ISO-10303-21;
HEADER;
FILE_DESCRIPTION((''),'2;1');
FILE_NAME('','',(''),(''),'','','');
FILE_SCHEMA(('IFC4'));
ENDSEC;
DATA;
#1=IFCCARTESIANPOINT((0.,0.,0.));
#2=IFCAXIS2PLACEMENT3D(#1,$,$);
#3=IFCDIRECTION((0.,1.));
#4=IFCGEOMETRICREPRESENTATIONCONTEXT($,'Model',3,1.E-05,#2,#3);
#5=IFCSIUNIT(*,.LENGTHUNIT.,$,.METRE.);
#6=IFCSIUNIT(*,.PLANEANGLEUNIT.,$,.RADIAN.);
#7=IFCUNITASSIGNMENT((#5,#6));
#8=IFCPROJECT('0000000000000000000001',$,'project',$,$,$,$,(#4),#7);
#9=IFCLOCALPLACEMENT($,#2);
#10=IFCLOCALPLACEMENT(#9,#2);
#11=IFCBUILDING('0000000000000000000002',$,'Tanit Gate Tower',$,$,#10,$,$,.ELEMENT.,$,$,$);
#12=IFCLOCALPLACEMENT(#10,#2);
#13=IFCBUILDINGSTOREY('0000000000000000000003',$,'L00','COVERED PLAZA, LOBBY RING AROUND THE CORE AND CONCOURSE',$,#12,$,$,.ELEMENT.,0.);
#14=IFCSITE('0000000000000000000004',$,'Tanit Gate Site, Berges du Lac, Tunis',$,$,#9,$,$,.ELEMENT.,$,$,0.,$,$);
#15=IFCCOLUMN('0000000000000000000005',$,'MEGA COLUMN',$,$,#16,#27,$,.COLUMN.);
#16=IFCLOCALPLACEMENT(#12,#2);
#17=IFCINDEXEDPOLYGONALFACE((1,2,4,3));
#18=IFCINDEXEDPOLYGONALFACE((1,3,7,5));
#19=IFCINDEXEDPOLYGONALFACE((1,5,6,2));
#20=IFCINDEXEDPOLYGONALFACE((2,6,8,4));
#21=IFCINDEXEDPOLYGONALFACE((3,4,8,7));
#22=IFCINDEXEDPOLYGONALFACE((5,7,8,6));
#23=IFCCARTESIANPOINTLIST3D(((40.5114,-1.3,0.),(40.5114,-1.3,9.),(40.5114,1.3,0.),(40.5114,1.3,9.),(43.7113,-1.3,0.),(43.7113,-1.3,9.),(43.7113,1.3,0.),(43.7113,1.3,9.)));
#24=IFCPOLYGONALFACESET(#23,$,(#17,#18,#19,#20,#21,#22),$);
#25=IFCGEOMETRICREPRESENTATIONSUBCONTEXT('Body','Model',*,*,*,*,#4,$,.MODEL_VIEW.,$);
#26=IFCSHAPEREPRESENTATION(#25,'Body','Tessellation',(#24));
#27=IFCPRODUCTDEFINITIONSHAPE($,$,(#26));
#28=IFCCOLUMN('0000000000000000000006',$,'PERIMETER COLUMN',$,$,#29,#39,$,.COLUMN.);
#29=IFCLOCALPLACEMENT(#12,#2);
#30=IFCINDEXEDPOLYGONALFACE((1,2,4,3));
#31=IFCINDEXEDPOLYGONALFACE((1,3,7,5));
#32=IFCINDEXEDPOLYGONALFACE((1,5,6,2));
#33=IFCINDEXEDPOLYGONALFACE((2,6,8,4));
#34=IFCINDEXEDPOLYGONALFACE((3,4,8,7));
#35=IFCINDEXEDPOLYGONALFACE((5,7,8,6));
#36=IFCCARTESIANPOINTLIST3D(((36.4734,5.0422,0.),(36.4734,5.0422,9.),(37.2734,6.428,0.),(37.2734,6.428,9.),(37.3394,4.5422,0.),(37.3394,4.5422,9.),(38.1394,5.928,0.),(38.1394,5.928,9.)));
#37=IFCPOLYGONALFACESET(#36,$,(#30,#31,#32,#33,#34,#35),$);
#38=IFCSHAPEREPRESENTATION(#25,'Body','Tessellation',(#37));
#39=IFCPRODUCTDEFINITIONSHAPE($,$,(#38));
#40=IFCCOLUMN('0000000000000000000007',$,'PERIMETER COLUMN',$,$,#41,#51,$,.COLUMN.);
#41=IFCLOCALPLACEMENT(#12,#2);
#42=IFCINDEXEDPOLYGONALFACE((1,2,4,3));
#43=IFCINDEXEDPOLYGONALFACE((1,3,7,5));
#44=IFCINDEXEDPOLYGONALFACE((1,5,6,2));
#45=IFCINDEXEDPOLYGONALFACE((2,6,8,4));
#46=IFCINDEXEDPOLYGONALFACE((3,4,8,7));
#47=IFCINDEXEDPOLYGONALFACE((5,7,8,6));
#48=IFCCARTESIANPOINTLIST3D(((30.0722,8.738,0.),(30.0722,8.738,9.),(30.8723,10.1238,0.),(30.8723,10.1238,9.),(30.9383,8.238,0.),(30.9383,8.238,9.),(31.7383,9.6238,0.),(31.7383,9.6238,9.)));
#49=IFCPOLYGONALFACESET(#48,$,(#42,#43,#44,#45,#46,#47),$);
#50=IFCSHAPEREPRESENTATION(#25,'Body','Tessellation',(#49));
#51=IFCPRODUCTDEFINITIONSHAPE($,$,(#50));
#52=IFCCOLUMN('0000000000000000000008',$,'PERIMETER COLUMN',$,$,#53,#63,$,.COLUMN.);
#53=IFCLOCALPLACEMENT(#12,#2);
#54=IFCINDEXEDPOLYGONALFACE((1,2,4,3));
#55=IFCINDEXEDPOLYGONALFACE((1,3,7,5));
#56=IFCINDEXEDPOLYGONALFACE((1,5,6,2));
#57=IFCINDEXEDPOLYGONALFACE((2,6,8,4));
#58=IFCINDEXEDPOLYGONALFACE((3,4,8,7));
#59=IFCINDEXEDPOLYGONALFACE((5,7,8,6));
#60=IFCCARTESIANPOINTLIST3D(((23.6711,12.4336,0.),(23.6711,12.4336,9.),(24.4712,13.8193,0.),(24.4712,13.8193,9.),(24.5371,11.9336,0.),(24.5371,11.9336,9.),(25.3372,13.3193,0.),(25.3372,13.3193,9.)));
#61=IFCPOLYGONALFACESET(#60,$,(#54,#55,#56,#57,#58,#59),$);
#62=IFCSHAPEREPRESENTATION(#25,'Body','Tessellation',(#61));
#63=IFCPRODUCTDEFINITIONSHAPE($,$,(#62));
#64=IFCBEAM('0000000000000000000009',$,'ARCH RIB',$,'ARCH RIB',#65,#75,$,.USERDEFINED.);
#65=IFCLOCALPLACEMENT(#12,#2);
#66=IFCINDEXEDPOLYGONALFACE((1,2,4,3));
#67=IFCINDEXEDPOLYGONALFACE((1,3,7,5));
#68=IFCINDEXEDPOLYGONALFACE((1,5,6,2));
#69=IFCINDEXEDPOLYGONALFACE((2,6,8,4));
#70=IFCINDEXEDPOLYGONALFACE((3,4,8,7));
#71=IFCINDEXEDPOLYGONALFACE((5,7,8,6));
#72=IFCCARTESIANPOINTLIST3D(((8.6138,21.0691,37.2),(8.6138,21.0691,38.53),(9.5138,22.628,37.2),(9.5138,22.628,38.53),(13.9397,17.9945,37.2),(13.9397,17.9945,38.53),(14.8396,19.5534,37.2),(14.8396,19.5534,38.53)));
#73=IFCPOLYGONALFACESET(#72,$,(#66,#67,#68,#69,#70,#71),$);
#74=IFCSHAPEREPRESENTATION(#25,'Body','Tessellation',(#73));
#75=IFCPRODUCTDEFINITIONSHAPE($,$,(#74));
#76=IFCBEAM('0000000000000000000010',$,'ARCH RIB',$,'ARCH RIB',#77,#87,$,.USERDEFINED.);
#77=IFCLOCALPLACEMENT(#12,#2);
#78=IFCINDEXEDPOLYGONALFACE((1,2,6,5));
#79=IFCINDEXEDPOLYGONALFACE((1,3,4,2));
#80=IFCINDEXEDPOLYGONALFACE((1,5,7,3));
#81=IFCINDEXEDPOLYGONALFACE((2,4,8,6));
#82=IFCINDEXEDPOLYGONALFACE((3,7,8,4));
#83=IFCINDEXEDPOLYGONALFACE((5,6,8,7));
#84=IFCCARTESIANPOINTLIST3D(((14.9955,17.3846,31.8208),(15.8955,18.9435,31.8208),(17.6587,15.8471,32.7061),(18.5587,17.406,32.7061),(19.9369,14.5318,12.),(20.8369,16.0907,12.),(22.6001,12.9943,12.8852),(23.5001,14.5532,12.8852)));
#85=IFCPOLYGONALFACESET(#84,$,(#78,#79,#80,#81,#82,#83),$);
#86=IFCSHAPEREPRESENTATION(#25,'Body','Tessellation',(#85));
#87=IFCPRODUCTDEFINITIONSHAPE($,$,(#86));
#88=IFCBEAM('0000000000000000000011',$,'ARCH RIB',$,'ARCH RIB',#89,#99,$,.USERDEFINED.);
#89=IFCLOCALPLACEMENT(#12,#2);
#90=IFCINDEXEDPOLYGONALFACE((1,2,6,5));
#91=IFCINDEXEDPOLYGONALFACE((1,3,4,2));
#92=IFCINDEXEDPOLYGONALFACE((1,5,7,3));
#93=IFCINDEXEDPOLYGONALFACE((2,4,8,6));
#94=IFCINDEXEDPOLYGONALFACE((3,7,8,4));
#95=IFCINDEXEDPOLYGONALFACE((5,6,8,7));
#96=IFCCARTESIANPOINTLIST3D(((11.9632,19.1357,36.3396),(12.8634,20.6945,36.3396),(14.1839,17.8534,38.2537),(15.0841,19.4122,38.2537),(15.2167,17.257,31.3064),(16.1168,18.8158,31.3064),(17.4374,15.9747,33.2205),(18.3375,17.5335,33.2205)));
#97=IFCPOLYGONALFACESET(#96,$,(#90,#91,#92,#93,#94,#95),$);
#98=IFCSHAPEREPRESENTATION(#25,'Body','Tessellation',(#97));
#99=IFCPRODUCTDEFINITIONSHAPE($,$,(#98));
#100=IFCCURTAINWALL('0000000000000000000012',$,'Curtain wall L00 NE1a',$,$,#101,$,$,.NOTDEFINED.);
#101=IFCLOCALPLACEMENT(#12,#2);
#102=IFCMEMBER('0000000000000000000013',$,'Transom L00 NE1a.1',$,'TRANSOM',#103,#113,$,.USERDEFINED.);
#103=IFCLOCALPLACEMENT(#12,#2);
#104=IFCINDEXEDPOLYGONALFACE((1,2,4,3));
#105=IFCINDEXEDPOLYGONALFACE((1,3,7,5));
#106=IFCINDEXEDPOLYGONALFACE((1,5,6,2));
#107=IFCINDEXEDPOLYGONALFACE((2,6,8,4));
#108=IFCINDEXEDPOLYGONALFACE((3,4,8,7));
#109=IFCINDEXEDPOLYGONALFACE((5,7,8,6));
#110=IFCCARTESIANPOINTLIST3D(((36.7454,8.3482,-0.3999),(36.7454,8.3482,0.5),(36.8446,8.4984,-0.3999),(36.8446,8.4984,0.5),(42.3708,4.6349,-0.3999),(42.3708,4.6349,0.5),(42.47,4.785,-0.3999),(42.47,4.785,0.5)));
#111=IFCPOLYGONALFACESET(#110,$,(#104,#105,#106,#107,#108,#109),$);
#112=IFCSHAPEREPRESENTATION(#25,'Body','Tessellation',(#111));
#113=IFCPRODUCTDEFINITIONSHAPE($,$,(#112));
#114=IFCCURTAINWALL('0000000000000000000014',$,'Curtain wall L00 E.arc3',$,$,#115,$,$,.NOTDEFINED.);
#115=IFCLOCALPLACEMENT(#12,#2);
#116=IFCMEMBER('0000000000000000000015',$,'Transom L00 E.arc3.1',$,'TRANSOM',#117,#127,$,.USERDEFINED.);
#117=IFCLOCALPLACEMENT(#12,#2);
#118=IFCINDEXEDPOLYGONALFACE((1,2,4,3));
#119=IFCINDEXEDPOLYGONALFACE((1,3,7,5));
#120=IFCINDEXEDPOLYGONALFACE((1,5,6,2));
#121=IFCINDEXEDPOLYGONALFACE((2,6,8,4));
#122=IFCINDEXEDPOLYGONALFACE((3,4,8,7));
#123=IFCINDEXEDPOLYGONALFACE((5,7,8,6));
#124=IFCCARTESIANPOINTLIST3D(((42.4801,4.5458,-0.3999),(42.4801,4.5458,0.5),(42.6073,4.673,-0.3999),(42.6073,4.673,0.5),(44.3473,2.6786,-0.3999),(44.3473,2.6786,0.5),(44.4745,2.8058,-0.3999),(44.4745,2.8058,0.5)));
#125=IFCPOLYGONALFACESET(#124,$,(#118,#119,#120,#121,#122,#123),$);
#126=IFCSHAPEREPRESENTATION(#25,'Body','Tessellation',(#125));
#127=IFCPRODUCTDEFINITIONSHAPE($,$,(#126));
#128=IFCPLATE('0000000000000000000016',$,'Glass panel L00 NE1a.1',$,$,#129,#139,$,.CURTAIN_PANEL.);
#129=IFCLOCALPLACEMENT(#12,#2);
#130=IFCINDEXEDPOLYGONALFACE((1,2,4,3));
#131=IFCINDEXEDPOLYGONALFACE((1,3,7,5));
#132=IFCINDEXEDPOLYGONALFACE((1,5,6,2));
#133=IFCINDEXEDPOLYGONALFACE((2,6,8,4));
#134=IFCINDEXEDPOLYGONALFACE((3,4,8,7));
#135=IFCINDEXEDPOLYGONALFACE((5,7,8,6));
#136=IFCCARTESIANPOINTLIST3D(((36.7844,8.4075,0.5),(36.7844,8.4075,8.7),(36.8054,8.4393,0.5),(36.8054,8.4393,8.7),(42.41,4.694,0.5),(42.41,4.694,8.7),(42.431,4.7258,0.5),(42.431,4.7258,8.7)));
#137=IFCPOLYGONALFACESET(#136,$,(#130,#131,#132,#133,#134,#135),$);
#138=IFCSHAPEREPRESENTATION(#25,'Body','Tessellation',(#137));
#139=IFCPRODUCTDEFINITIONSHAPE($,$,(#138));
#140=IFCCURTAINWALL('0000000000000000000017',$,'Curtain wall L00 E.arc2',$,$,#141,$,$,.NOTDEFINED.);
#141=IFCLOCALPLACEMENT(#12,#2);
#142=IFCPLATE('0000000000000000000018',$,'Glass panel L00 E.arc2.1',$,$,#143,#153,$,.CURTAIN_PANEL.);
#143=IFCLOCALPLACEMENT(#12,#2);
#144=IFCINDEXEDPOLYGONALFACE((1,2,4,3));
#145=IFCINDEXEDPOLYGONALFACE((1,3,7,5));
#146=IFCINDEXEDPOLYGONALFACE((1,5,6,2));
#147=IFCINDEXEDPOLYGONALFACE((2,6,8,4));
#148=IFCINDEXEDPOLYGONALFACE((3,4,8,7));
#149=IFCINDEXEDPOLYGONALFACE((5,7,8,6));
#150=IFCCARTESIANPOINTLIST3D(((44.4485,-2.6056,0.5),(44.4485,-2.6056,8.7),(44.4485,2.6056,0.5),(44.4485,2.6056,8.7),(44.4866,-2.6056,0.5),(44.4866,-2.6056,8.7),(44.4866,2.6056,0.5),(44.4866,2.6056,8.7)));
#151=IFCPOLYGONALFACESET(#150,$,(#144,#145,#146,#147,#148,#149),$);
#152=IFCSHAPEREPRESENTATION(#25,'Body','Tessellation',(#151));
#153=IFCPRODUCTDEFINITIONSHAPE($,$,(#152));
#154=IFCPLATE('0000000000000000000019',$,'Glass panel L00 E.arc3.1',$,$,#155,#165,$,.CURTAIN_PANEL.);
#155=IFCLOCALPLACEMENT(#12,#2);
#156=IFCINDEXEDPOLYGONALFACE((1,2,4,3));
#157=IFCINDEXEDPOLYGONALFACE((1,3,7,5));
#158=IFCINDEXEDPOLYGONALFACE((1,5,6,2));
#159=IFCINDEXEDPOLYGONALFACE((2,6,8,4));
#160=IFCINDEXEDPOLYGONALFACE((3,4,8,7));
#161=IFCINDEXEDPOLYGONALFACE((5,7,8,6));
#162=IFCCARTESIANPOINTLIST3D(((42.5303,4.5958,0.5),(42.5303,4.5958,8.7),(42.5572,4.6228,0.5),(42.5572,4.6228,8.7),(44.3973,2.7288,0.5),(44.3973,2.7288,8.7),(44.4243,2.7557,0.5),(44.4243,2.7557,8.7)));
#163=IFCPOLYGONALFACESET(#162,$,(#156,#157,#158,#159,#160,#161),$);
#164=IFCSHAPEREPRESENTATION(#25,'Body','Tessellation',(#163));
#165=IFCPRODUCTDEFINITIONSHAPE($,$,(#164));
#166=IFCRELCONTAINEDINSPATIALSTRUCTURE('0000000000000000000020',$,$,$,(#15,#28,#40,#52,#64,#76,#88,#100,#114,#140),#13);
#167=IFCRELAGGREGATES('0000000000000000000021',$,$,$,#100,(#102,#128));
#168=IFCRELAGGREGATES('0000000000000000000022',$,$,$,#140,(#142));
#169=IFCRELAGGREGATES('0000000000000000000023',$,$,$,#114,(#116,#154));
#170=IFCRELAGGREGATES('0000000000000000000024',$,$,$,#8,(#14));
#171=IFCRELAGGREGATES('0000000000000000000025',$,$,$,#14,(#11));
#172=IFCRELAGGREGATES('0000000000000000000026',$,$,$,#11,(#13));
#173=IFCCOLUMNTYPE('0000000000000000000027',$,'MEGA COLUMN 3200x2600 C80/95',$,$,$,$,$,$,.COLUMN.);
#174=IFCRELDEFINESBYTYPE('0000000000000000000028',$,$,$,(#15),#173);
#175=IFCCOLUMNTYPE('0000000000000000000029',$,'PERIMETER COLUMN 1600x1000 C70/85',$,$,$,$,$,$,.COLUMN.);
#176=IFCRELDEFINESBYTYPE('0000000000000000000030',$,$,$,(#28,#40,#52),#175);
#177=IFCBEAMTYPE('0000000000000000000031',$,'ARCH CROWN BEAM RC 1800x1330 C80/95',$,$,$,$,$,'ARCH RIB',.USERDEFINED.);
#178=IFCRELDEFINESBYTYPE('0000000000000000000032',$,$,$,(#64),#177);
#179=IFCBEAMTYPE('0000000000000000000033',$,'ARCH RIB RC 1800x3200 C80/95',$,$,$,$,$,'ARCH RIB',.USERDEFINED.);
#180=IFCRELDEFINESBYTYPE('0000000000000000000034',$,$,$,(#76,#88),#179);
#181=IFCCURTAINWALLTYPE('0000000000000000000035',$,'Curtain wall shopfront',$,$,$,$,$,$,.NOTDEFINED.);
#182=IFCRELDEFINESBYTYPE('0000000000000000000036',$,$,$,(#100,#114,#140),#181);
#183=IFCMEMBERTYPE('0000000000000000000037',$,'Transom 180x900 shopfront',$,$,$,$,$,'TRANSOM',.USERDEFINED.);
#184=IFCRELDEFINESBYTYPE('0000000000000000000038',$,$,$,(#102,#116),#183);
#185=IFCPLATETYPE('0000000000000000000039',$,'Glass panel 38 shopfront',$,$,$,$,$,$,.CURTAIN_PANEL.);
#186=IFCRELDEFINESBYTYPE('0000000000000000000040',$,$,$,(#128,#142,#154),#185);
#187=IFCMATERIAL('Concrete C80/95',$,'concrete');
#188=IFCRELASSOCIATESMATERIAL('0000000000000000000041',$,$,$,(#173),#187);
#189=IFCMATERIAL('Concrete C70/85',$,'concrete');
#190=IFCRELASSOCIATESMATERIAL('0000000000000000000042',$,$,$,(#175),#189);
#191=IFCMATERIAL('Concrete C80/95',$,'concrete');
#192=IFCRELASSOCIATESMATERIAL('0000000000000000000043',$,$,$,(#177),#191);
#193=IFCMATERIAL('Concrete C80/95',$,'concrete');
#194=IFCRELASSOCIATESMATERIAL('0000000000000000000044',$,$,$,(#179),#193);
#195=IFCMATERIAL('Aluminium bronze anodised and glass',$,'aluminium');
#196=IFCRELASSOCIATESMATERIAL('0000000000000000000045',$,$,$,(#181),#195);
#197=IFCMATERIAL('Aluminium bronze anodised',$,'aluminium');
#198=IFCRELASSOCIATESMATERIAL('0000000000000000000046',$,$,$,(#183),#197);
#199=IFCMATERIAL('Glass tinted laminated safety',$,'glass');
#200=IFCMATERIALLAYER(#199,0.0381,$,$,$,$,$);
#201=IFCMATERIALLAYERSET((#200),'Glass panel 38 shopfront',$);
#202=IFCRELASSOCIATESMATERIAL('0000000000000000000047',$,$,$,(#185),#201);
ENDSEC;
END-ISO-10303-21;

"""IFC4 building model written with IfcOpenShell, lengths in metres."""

from ifc_helpers import new_model, si_unit, direction, frame, origin, origin_2d, place, context, subcontext, project, spatial, rectangle, extrude, material, layer, layer_set, material_profile, profile_set, type_object, element, aggregate, save


model = new_model("IFC4")

# Units and contexts
model_context = context("Model", 3, precision=1e-05, world=origin(), true_north=direction((0.0, 1.0)))
body_context = subcontext(model_context, "Body", "Model", "MODEL_VIEW")
ifc_project = project(units=[si_unit("LENGTHUNIT", "METRE"), si_unit("PLANEANGLEUNIT", "RADIAN")], contexts=[model_context])

# Site, building, storey
site_placement = place(None, origin())
site = spatial("IfcSite", under=ifc_project, at=site_placement, Name="Tanit Gate Site, Berges du Lac, Tunis", CompositionType="ELEMENT", RefElevation=0.0)
building_placement = place(site_placement, origin())
building = spatial("IfcBuilding", under=site, at=building_placement, Name="Tanit Gate Tower", CompositionType="ELEMENT")
storey_placement = place(building_placement, origin())
storey = spatial("IfcBuildingStorey", under=building, at=storey_placement, Name="L00", Description="COVERED PLAZA, LOBBY RING AROUND THE CORE AND CONCOURSE", CompositionType="ELEMENT", Elevation=0.0)

# Columns
ifc_material_1 = material(Name="Concrete C80/95", Category="concrete")
ifc_material_profile_1 = material_profile(ifc_material_1, rectangle(XDim=3.2, YDim=2.6001, at=origin_2d()), Name="RC 3200x2600")
ifc_profile_set_1 = profile_set([ifc_material_profile_1], Name="Concrete C80/95")
column_type_1 = type_object("IfcColumnType", Name="MEGA COLUMN 3200x2600 C80/95", PredefinedType="COLUMN", material=ifc_profile_set_1)
column_placement = place(storey_placement, frame((42.1113, 0.0, 0.0), z_axis=(0.0, 0.0, 1.0), x_axis=(1.0, 0.0, 0.0)))
element("IfcColumn", 1, at=column_placement, inside=storey, type_object=column_type_1, Name="MEGA COLUMN", PredefinedType="COLUMN", context=body_context, shape_type="SweptSolid", body=[
    extrude(rectangle(XDim=3.2, YDim=2.6001, at=origin_2d()), origin(), (0.0, 0.0, 1.0), 9.0),
])
ifc_material_2 = material(Name="Concrete C70/85", Category="concrete")
ifc_material_profile_2 = material_profile(ifc_material_2, rectangle(XDim=1.6001, YDim=1.0, at=origin_2d()), Name="RC 1600x1000")
ifc_profile_set_2 = profile_set([ifc_material_profile_2], Name="Concrete C70/85")
column_type_2 = type_object("IfcColumnType", Name="PERIMETER COLUMN 1600x1000 C70/85", PredefinedType="COLUMN", material=ifc_profile_set_2)
for number, where, z_axis, x_axis, name in (
    (2, (37.3064, 5.4851, 0.0), (0.0, 0.0, 1.0), (0.5, 0.866025, 0.0), "PERIMETER COLUMN"),
    (3, (30.9053, 9.1809, 0.0), (0.0, 0.0, 1.0), (0.5, 0.866025, 0.0), "PERIMETER COLUMN"),
    (4, (24.5042, 12.8765, 0.0), (0.0, 0.0, 1.0), (0.5, 0.866025, 0.0), "PERIMETER COLUMN"),
):
    element("IfcColumn", number, at=place(storey_placement, frame(where, z_axis=z_axis, x_axis=x_axis)), inside=storey, type_object=column_type_2, Name=name, PredefinedType="COLUMN", context=body_context, shape_type="SweptSolid", body=[
        extrude(rectangle(XDim=1.6001, YDim=1.0, at=origin_2d()), origin(), (0.0, 0.0, 1.0), 9.0),
    ])

# Beams
ifc_material_3 = material(Name="Concrete C80/95", Category="concrete")
ifc_material_profile_3 = material_profile(ifc_material_3, rectangle(XDim=1.8, YDim=1.3301, at=origin_2d()), Name="RC 1800x1330")
ifc_profile_set_3 = profile_set([ifc_material_profile_3], Name="Concrete C80/95")
beam_type_1 = type_object("IfcBeamType", Name="ARCH CROWN BEAM RC 1800x1330 C80/95", ElementType="ARCH RIB", PredefinedType="USERDEFINED", material=ifc_profile_set_3)
beam_1_placement = place(storey_placement, frame((14.3896, 18.7739, 37.865), z_axis=(-0.866041, 0.499973, 0.0), x_axis=(-0.499973, -0.866041, 0.0)))
element("IfcBeam", 5, at=beam_1_placement, inside=storey, type_object=beam_type_1, Name="ARCH RIB", ObjectType="ARCH RIB", PredefinedType="USERDEFINED", context=body_context, shape_type="SweptSolid", body=[
    extrude(rectangle(XDim=1.8, YDim=1.3301, at=origin_2d()), origin(), (0.0, 0.0, 1.0), 6.1497),
])
ifc_material_4 = material(Name="Concrete C80/95", Category="concrete")
ifc_material_profile_4 = material_profile(ifc_material_4, rectangle(XDim=1.8, YDim=3.2, at=origin_2d()), Name="RC 1800x3200")
ifc_profile_set_4 = profile_set([ifc_material_profile_4], Name="Concrete C80/95")
beam_type_2 = type_object("IfcBeamType", Name="ARCH RIB RC 1800x3200 C80/95", ElementType="ARCH RIB", PredefinedType="USERDEFINED", material=ifc_profile_set_4)
beam_2_placement = place(storey_placement, frame((21.7185, 14.5425, 12.4426), z_axis=(-0.239575, 0.138312, 0.960975), x_axis=(-0.499982, -0.866036, 0.0)))
element("IfcBeam", 6, at=beam_2_placement, inside=storey, type_object=beam_type_2, Name="ARCH RIB", ObjectType="ARCH RIB", PredefinedType="USERDEFINED", context=body_context, shape_type="SweptSolid", body=[
    extrude(rectangle(XDim=1.8, YDim=3.2, at=origin_2d()), origin(), (0.0, 0.0, 1.0), 20.6257),
])
beam_3_placement = place(storey_placement, frame((16.7771, 17.3953, 32.2634), z_axis=(-0.518002, 0.299117, 0.801376), x_axis=(-0.50006, -0.865991, 0.0)))
element("IfcBeam", 7, at=beam_3_placement, inside=storey, type_object=beam_type_2, Name="ARCH RIB", ObjectType="ARCH RIB", PredefinedType="USERDEFINED", context=body_context, shape_type="SweptSolid", body=[
    extrude(rectangle(XDim=1.8, YDim=3.2, at=origin_2d()), origin(), (0.0, 0.0, 1.0), 6.2808),
])

# Curtain walls, members
ifc_material_5 = material(Name="Aluminium bronze anodised and glass", Category="aluminium")
curtain_wall_type = type_object("IfcCurtainWallType", Name="Curtain wall shopfront", PredefinedType="NOTDEFINED", material=ifc_material_5)
curtain_wall_1_placement = place(storey_placement, origin())
curtain_wall_1 = element("IfcCurtainWall", 8, at=curtain_wall_1_placement, inside=storey, type_object=curtain_wall_type, Name="Curtain wall L00 NE1a", PredefinedType="NOTDEFINED")
ifc_material_6 = material(Name="Aluminium bronze anodised", Category="aluminium")
ifc_material_profile_5 = material_profile(ifc_material_6, rectangle(XDim=0.1799, YDim=0.8999, at=origin_2d()), Name="180x900 bronze transom")
ifc_profile_set_5 = profile_set([ifc_material_profile_5], Name="Aluminium bronze anodised")
member_type = type_object("IfcMemberType", Name="Transom 180x900 shopfront", ElementType="TRANSOM", PredefinedType="USERDEFINED", material=ifc_profile_set_5)
member_1_placement = place(storey_placement, frame((42.4204, 4.71, 0.05), z_axis=(-0.834571, 0.5509, 0.0), x_axis=(-0.5509, -0.834571, 0.0)))
member_1 = element("IfcMember", 9, at=member_1_placement, type_object=member_type, Name="Transom L00 NE1a.1", ObjectType="TRANSOM", PredefinedType="USERDEFINED", context=body_context, shape_type="SweptSolid", body=[
    extrude(rectangle(XDim=0.1799, YDim=0.8999, at=origin_2d()), origin(), (0.0, 0.0, 1.0), 6.7405),
])
curtain_wall_2_placement = place(storey_placement, origin())
curtain_wall_2 = element("IfcCurtainWall", 10, at=curtain_wall_2_placement, inside=storey, type_object=curtain_wall_type, Name="Curtain wall L00 E.arc3", PredefinedType="NOTDEFINED")
member_2_placement = place(storey_placement, frame((44.4109, 2.7422, 0.05), z_axis=(-0.707107, 0.707107, 0.0), x_axis=(-0.707107, -0.707107, 0.0)))
member_2 = element("IfcMember", 11, at=member_2_placement, type_object=member_type, Name="Transom L00 E.arc3.1", ObjectType="TRANSOM", PredefinedType="USERDEFINED", context=body_context, shape_type="SweptSolid", body=[
    extrude(rectangle(XDim=0.1799, YDim=0.8999, at=origin_2d()), origin(), (0.0, 0.0, 1.0), 2.6406),
])

# Plate
ifc_material_7 = material(Name="Glass tinted laminated safety", Category="glass")
ifc_layer_1 = layer(ifc_material_7, 0.0381)
ifc_layer_set_1 = layer_set([ifc_layer_1], Name="Glass panel 38 shopfront")
plate_type = type_object("IfcPlateType", Name="Glass panel 38 shopfront", PredefinedType="CURTAIN_PANEL", material=ifc_layer_set_1)
plate_1_placement = place(storey_placement, frame((39.6077, 6.5667, 0.5), z_axis=(0.0, 0.0, 1.0), x_axis=(-0.834569, 0.550903, 0.0)))
plate_1 = element("IfcPlate", 12, at=plate_1_placement, type_object=plate_type, Name="Glass panel L00 NE1a.1", PredefinedType="CURTAIN_PANEL", context=body_context, shape_type="SweptSolid", body=[
    extrude(rectangle(XDim=6.7407, YDim=0.0381, at=origin_2d()), origin(), (0.0, 0.0, 1.0), 8.2),
])
aggregate(curtain_wall_1, [member_1, plate_1])

# Curtain wall, plate
curtain_wall_3_placement = place(storey_placement, origin())
curtain_wall_3 = element("IfcCurtainWall", 13, at=curtain_wall_3_placement, inside=storey, type_object=curtain_wall_type, Name="Curtain wall L00 E.arc2", PredefinedType="NOTDEFINED")
plate_2_placement = place(storey_placement, frame((44.4675, 0.0, 0.5), z_axis=(0.0, 0.0, 1.0), x_axis=(0.0, 1.0, 0.0)))
plate_2 = element("IfcPlate", 14, at=plate_2_placement, type_object=plate_type, Name="Glass panel L00 E.arc2.1", PredefinedType="CURTAIN_PANEL", context=body_context, shape_type="SweptSolid", body=[
    extrude(rectangle(XDim=5.2112, YDim=0.0381, at=origin_2d()), origin(), (0.0, 0.0, 1.0), 8.2),
])
aggregate(curtain_wall_3, [plate_2])

# Plate
plate_3_placement = place(storey_placement, frame((43.4773, 3.6758, 0.5), z_axis=(0.0, 0.0, 1.0), x_axis=(-0.707107, 0.707107, 0.0)))
plate_3 = element("IfcPlate", 15, at=plate_3_placement, type_object=plate_type, Name="Glass panel L00 E.arc3.1", PredefinedType="CURTAIN_PANEL", context=body_context, shape_type="SweptSolid", body=[
    extrude(rectangle(XDim=2.6404, YDim=0.0381, at=origin_2d()), origin(), (0.0, 0.0, 1.0), 8.2),
])
aggregate(curtain_wall_2, [member_2, plate_3])

save(model, "model.ifc")
